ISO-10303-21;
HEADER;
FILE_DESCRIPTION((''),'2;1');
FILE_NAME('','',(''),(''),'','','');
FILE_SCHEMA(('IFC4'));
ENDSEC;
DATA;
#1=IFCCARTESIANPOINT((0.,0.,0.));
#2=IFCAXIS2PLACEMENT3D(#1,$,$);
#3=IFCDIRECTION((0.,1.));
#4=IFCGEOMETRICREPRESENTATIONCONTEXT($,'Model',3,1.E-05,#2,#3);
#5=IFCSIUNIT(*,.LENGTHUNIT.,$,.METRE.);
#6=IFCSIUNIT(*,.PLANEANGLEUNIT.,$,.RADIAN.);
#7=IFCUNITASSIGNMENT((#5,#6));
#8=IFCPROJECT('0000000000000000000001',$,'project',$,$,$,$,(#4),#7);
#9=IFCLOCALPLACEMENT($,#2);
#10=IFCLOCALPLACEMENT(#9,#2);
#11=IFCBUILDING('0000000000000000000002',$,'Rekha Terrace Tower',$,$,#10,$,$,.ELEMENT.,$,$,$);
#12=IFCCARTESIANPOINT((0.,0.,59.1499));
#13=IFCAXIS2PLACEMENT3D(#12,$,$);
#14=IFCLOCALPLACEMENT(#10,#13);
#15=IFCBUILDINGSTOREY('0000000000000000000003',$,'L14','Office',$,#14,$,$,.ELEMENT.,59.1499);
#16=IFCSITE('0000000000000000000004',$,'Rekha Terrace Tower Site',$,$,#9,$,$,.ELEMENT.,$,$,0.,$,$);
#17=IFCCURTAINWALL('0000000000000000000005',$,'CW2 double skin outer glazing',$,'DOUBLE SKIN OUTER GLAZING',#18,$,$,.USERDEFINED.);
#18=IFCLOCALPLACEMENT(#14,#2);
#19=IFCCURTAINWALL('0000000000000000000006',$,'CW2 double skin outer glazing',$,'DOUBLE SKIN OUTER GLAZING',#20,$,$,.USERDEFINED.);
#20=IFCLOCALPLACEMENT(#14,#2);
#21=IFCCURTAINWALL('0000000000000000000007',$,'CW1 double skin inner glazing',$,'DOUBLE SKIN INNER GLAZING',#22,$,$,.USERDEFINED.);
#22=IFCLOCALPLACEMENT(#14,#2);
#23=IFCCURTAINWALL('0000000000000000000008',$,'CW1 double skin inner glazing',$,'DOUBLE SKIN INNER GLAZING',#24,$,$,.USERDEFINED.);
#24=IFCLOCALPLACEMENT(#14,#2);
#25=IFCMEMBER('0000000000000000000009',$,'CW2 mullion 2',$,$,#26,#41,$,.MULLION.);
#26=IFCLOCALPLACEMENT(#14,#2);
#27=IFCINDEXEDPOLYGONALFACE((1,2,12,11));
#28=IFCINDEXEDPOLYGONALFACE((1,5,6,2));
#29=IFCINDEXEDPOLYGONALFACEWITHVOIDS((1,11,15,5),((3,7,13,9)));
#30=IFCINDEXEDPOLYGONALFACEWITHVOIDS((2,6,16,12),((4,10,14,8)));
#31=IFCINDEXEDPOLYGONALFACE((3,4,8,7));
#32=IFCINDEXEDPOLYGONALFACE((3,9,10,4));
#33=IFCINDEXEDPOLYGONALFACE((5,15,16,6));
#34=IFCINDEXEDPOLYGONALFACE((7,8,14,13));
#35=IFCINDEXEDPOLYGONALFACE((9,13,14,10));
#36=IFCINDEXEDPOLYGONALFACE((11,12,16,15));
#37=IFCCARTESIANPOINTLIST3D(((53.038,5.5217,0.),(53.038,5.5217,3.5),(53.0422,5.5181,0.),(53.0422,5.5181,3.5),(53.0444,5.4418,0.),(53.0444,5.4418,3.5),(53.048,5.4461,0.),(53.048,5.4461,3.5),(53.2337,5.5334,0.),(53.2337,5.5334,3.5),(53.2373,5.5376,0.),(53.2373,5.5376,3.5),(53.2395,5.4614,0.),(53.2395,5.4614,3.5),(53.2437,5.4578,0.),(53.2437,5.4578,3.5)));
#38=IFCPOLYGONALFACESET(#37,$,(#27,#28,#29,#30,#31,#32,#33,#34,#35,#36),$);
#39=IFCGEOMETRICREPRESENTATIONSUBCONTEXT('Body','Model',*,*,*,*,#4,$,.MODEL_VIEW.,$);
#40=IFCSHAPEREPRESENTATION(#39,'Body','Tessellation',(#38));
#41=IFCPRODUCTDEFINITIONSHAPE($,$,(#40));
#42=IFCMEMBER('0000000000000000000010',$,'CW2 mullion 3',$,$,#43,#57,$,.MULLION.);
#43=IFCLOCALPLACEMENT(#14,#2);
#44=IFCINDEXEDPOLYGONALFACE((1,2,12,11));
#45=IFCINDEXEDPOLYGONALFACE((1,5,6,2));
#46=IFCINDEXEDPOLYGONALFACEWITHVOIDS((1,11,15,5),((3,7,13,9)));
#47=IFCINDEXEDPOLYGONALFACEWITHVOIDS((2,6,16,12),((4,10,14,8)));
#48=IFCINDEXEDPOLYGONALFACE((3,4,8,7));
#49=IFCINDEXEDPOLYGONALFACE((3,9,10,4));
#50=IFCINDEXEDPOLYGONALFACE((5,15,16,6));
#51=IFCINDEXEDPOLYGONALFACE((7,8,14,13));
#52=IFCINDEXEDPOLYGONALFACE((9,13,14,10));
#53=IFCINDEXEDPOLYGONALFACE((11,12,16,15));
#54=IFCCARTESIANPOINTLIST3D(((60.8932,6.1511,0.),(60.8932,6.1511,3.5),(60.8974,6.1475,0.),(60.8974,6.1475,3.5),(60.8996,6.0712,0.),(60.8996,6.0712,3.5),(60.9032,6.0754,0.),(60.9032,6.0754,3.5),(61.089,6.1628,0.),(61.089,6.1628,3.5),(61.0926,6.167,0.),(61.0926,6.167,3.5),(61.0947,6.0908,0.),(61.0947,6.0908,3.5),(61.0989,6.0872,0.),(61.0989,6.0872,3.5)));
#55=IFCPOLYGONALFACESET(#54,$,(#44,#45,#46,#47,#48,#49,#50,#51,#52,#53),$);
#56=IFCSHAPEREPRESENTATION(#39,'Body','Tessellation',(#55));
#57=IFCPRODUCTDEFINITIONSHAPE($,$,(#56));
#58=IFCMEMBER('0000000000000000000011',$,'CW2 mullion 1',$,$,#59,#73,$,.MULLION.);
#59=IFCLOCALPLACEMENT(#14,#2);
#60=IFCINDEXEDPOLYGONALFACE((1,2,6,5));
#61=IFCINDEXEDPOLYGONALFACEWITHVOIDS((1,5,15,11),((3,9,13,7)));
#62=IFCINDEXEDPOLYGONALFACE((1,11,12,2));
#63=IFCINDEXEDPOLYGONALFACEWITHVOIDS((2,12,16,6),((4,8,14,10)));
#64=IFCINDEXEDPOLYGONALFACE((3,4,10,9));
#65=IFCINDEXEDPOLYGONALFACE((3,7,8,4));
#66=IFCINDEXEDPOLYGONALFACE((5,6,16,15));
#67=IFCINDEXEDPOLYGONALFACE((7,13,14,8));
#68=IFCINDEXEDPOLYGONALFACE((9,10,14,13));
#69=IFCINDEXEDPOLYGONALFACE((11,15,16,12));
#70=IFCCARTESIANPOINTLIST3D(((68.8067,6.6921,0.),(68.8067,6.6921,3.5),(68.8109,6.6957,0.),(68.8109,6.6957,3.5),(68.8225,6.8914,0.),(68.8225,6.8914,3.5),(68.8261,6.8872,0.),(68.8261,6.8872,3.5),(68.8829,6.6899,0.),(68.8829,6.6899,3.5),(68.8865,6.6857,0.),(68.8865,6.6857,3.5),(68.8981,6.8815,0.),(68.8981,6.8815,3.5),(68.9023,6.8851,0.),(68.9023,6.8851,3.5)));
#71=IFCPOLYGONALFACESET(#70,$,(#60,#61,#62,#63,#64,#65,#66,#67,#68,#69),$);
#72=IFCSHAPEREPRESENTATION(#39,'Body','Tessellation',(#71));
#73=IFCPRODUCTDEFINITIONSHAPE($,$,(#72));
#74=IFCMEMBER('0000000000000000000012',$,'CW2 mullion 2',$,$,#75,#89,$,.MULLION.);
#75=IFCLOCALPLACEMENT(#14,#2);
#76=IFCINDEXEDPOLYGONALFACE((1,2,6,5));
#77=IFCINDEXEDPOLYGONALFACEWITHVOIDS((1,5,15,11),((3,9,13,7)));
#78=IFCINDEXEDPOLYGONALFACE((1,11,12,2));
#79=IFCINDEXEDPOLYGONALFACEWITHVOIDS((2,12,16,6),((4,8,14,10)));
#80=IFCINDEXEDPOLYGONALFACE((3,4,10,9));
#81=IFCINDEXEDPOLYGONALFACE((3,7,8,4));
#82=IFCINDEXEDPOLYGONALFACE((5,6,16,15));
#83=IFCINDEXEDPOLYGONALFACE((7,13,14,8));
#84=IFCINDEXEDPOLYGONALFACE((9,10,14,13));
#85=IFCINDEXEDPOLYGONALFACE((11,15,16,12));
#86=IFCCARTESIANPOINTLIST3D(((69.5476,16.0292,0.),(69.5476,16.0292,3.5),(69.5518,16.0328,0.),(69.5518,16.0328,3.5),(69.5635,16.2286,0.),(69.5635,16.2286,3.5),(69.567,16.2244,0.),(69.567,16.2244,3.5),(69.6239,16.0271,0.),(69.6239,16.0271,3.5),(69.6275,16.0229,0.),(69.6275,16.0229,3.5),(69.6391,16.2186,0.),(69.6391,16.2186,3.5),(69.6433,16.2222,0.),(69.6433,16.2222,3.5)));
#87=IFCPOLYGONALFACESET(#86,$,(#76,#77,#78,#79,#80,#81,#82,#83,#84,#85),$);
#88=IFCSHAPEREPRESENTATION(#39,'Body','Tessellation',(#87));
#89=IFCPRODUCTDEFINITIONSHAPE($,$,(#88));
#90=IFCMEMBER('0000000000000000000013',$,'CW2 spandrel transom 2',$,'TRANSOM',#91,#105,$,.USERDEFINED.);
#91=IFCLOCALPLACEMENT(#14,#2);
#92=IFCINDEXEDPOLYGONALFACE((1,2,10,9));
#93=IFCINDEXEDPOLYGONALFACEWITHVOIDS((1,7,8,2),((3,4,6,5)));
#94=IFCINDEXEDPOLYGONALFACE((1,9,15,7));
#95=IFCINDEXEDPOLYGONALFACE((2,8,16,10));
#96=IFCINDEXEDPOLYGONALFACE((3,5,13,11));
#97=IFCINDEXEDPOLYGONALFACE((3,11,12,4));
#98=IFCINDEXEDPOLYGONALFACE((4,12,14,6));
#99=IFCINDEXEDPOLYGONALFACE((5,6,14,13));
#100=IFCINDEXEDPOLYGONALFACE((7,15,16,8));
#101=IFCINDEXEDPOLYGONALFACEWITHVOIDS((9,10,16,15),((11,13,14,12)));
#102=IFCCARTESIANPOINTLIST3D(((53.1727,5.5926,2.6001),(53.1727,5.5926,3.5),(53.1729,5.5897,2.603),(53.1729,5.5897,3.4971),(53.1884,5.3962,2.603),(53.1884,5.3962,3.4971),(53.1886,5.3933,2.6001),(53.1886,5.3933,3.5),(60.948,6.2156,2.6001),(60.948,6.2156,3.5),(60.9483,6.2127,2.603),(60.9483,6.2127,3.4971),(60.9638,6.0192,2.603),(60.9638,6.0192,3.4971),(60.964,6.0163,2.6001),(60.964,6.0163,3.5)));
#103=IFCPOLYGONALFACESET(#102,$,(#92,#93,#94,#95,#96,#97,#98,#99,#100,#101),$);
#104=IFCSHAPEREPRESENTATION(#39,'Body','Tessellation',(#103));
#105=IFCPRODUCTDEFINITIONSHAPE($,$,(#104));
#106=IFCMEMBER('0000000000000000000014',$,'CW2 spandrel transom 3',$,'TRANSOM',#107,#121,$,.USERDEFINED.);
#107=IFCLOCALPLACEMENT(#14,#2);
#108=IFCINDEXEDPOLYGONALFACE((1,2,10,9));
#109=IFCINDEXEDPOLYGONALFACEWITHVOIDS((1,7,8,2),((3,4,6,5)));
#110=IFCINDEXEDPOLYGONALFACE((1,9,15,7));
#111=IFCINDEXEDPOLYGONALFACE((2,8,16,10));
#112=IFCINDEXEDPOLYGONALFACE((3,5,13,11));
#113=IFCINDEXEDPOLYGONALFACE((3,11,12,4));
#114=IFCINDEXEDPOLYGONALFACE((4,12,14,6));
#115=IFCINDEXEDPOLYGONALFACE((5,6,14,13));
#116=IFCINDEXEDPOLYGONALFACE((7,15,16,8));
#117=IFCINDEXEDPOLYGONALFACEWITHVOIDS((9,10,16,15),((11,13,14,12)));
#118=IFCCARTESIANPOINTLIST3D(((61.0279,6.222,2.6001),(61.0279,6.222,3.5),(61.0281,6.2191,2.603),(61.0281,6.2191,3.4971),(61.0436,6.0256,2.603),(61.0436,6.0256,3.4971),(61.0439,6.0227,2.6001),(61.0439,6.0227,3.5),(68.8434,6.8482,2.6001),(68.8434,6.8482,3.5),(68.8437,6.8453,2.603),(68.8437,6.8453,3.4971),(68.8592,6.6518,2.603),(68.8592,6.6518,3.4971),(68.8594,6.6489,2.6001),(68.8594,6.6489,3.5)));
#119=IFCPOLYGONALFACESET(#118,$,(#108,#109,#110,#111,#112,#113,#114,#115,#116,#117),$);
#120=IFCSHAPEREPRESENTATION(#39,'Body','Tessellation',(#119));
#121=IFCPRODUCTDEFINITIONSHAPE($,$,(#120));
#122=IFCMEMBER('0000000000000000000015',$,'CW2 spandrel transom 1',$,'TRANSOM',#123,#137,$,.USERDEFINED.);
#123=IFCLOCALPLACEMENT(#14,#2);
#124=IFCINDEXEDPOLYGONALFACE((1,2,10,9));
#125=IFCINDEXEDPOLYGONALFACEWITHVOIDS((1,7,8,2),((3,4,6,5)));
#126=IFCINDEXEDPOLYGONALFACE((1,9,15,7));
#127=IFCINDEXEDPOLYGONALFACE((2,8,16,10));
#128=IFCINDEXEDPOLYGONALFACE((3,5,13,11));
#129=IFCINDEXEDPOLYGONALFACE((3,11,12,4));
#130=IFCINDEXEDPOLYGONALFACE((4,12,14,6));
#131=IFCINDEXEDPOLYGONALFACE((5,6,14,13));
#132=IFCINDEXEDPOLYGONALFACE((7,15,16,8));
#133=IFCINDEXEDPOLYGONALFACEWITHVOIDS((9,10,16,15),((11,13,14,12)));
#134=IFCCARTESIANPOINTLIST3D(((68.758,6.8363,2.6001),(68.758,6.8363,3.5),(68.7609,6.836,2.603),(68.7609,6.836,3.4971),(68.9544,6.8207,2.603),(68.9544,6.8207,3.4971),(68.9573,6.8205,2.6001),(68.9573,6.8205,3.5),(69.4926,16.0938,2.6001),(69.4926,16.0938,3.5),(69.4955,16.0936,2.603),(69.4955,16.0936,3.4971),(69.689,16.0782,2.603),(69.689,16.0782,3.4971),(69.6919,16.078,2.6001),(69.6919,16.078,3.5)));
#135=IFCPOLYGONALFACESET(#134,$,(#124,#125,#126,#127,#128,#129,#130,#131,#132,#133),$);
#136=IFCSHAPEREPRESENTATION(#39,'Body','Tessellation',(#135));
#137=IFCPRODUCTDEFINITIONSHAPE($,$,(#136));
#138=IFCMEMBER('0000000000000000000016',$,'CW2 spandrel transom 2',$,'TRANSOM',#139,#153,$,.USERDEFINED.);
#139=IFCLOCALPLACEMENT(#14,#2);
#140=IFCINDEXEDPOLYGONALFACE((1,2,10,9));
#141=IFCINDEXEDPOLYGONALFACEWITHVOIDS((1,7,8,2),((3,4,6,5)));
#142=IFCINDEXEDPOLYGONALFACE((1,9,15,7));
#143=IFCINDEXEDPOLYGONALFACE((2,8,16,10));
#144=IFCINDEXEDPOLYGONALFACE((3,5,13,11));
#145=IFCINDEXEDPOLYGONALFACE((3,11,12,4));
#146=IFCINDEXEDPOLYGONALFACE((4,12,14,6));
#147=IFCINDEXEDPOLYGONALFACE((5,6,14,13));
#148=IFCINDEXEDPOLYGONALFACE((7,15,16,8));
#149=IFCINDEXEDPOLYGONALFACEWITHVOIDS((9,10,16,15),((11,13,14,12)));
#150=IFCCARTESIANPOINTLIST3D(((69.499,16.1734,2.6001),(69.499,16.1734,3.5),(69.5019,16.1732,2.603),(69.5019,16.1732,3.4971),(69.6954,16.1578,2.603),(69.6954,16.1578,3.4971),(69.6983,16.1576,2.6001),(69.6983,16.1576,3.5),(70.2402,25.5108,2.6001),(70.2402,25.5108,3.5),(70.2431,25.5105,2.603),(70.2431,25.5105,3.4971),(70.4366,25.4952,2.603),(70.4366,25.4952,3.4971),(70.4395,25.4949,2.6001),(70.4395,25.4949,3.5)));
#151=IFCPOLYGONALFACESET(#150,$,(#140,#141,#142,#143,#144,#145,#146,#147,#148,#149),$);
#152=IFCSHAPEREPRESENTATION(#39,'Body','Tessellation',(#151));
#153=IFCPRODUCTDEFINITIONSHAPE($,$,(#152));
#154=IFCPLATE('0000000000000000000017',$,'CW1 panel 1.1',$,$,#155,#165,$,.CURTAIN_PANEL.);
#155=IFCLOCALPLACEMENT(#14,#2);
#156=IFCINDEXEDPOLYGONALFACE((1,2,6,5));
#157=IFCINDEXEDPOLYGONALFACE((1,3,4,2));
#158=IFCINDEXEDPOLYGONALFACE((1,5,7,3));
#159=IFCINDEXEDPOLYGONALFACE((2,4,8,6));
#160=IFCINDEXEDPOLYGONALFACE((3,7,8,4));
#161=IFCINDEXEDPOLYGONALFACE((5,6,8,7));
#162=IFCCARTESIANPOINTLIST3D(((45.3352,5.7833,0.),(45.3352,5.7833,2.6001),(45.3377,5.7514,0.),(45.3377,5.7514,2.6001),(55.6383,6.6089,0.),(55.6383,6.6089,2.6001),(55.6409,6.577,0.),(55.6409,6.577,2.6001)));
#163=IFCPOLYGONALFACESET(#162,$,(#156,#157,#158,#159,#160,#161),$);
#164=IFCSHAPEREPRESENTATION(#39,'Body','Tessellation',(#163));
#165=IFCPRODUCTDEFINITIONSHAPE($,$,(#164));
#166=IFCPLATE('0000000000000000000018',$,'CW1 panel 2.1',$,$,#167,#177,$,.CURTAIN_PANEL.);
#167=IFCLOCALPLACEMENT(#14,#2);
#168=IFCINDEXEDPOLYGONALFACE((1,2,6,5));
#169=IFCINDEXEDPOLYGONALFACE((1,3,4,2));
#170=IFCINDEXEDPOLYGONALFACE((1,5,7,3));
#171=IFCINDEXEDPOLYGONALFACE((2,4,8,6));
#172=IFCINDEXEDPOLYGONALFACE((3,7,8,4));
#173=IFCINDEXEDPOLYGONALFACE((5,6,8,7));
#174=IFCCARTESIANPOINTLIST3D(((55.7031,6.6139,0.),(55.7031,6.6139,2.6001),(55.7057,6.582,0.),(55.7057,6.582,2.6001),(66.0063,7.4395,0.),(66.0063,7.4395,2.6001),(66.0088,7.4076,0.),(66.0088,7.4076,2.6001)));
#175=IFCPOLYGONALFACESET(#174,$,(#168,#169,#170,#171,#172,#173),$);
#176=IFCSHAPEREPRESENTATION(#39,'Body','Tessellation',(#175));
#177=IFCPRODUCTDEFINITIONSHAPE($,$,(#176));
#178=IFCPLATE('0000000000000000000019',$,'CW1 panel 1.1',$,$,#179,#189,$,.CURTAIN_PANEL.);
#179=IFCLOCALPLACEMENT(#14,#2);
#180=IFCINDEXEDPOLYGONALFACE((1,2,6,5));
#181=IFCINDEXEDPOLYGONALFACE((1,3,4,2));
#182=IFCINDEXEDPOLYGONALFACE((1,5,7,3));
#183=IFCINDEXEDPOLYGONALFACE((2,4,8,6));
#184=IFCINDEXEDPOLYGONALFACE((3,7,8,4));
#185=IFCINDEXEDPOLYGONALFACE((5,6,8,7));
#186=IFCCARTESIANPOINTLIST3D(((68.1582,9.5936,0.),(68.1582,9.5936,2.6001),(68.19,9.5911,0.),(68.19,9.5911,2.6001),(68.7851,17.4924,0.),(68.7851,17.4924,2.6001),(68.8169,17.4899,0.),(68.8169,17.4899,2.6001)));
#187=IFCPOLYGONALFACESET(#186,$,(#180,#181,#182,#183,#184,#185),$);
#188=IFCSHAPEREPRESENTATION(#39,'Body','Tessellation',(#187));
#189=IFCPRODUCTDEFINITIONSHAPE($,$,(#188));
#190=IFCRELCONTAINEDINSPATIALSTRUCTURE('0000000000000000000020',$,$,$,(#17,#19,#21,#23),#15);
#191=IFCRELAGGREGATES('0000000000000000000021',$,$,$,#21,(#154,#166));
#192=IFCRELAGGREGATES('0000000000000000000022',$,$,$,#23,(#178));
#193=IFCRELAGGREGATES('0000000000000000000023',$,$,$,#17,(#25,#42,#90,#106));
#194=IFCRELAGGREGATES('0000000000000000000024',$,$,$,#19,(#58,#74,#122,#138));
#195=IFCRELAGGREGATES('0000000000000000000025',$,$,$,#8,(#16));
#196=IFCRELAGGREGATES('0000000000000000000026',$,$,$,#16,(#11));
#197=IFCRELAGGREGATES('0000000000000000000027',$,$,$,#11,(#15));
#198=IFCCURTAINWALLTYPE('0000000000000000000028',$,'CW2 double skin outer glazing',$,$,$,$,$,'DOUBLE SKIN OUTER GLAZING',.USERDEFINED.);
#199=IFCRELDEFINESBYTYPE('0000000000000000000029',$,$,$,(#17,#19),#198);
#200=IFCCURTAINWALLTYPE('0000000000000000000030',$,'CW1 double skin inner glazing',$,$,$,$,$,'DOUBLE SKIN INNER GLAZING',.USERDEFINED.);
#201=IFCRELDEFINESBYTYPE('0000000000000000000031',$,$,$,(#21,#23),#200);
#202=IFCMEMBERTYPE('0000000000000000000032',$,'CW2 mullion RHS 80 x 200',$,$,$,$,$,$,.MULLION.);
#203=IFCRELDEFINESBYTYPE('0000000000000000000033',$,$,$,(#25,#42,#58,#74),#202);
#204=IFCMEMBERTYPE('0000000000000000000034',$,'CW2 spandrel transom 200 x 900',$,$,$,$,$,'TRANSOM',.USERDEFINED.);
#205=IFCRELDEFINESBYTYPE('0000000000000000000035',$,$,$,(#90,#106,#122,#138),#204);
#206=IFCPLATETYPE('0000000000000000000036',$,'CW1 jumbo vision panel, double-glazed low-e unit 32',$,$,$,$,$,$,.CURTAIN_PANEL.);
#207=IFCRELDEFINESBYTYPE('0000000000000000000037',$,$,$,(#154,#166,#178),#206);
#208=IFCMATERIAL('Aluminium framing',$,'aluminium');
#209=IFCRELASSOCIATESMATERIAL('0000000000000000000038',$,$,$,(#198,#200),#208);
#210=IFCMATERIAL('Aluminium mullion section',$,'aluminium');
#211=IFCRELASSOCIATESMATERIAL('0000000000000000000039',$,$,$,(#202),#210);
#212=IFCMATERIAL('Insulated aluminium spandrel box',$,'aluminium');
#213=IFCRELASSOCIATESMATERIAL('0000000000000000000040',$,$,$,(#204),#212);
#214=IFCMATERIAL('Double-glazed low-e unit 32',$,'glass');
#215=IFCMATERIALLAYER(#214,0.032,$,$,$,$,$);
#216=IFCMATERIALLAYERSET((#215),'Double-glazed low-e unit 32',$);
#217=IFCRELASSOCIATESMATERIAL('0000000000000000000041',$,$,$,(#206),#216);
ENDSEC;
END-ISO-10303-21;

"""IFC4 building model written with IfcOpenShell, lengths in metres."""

from ifc_helpers import new_model, si_unit, direction, frame, origin, origin_2d, place, context, subcontext, project, spatial, rectangle, hollow_rectangle, extrude, material, layer, layer_set, material_profile, profile_set, type_object, element, aggregate, save


model = new_model("IFC4")

# Units and contexts
model_context = context("Model", 3, precision=1e-05, world=origin(), true_north=direction((0.0, 1.0)))
body_context = subcontext(model_context, "Body", "Model", "MODEL_VIEW")
ifc_project = project(units=[si_unit("LENGTHUNIT", "METRE"), si_unit("PLANEANGLEUNIT", "RADIAN")], contexts=[model_context])

# Site, building, storey
site_placement = place(None, origin())
site = spatial("IfcSite", under=ifc_project, at=site_placement, Name="Rekha Terrace Tower Site", CompositionType="ELEMENT", RefElevation=0.0)
building_placement = place(site_placement, origin())
building = spatial("IfcBuilding", under=site, at=building_placement, Name="Rekha Terrace Tower", CompositionType="ELEMENT")
storey_placement = place(building_placement, frame((0.0, 0.0, 59.1499)))
storey = spatial("IfcBuildingStorey", under=building, at=storey_placement, Name="L14", Description="Office", CompositionType="ELEMENT", Elevation=59.1499)

# Curtain wall
ifc_material_1 = material(Name="Aluminium framing", Category="aluminium")
curtain_wall_type_1 = type_object("IfcCurtainWallType", Name="CW2 double skin outer glazing", ElementType="DOUBLE SKIN OUTER GLAZING", PredefinedType="USERDEFINED", material=ifc_material_1)
curtain_wall_1_placement = place(storey_placement, origin())
curtain_wall_1 = element("IfcCurtainWall", 1, at=curtain_wall_1_placement, inside=storey, type_object=curtain_wall_type_1, Name="CW2 double skin outer glazing", ObjectType="DOUBLE SKIN OUTER GLAZING", PredefinedType="USERDEFINED")

# Curtain wall
curtain_wall_2_placement = place(storey_placement, origin())
curtain_wall_2 = element("IfcCurtainWall", 2, at=curtain_wall_2_placement, inside=storey, type_object=curtain_wall_type_1, Name="CW2 double skin outer glazing", ObjectType="DOUBLE SKIN OUTER GLAZING", PredefinedType="USERDEFINED")

# Curtain wall
curtain_wall_type_2 = type_object("IfcCurtainWallType", Name="CW1 double skin inner glazing", ElementType="DOUBLE SKIN INNER GLAZING", PredefinedType="USERDEFINED", material=ifc_material_1)
curtain_wall_3_placement = place(storey_placement, origin())
curtain_wall_3 = element("IfcCurtainWall", 3, at=curtain_wall_3_placement, inside=storey, type_object=curtain_wall_type_2, Name="CW1 double skin inner glazing", ObjectType="DOUBLE SKIN INNER GLAZING", PredefinedType="USERDEFINED")
ifc_material_2 = material(Name="Aluminium mullion section", Category="aluminium")

# Curtain wall
curtain_wall_4_placement = place(storey_placement, origin())
curtain_wall_4 = element("IfcCurtainWall", 4, at=curtain_wall_4_placement, inside=storey, type_object=curtain_wall_type_2, Name="CW1 double skin inner glazing", ObjectType="DOUBLE SKIN INNER GLAZING", PredefinedType="USERDEFINED")

# Members
ifc_material_3 = material(Name="Insulated aluminium spandrel box", Category="aluminium")
ifc_material_profile_1 = material_profile(ifc_material_2, hollow_rectangle(XDim=0.0801, YDim=0.2, WallThickness=0.0039, at=origin_2d()), Name="AL RHS 80x200")
ifc_profile_set_1 = profile_set([ifc_material_profile_1], Name="Aluminium mullion section")
member_type_1 = type_object("IfcMemberType", Name="CW2 mullion RHS 80 x 200", PredefinedType="MULLION", material=ifc_profile_set_1)
member_1_placement = place(storey_placement, frame((53.1409, 5.4897, 0.0), z_axis=(0.0, 0.0, 1.0), x_axis=(-0.079872, 0.996805, 0.0)))
member_1 = element("IfcMember", 5, at=member_1_placement, type_object=member_type_1, Name="CW2 mullion 2", PredefinedType="MULLION", context=body_context, shape_type="SweptSolid", body=[
    extrude(hollow_rectangle(XDim=0.0801, YDim=0.2, WallThickness=0.0039, at=origin_2d()), origin(), (0.0, 0.0, 1.0), 3.5),
])
member_2_placement = place(storey_placement, frame((60.9961, 6.1191, 0.0), z_axis=(0.0, 0.0, 1.0), x_axis=(-0.079872, 0.996805, 0.0)))
member_2 = element("IfcMember", 6, at=member_2_placement, type_object=member_type_1, Name="CW2 mullion 3", PredefinedType="MULLION", context=body_context, shape_type="SweptSolid", body=[
    extrude(hollow_rectangle(XDim=0.0801, YDim=0.2, WallThickness=0.0039, at=origin_2d()), origin(), (0.0, 0.0, 1.0), 3.5),
])
member_3_placement = place(storey_placement, frame((68.8545, 6.7886, 0.0), z_axis=(0.0, 0.0, 1.0), x_axis=(-0.996865, 0.079116, 0.0)))
member_3 = element("IfcMember", 7, at=member_3_placement, type_object=member_type_1, Name="CW2 mullion 1", PredefinedType="MULLION", context=body_context, shape_type="SweptSolid", body=[
    extrude(hollow_rectangle(XDim=0.0801, YDim=0.2, WallThickness=0.0039, at=origin_2d()), origin(), (0.0, 0.0, 1.0), 3.5),
])
member_4_placement = place(storey_placement, frame((69.5955, 16.1257, 0.0), z_axis=(0.0, 0.0, 1.0), x_axis=(-0.996865, 0.079116, 0.0)))
member_4 = element("IfcMember", 8, at=member_4_placement, type_object=member_type_1, Name="CW2 mullion 2", PredefinedType="MULLION", context=body_context, shape_type="SweptSolid", body=[
    extrude(hollow_rectangle(XDim=0.0801, YDim=0.2, WallThickness=0.0039, at=origin_2d()), origin(), (0.0, 0.0, 1.0), 3.5),
])
ifc_material_profile_2 = material_profile(ifc_material_3, hollow_rectangle(XDim=0.2, YDim=0.8999, WallThickness=0.0029, at=origin_2d()), Name="AL SPANDREL BOX 200x900")
ifc_profile_set_2 = profile_set([ifc_material_profile_2], Name="Insulated aluminium spandrel box")
member_type_2 = type_object("IfcMemberType", Name="CW2 spandrel transom 200 x 900", ElementType="TRANSOM", PredefinedType="USERDEFINED", material=ifc_profile_set_2)
member_5_placement = place(storey_placement, frame((53.1807, 5.4929, 3.05), z_axis=(0.996805, 0.079875, 0.0), x_axis=(-0.079875, 0.996805, 0.0)))
member_5 = element("IfcMember", 9, at=member_5_placement, type_object=member_type_2, Name="CW2 spandrel transom 2", ObjectType="TRANSOM", PredefinedType="USERDEFINED", context=body_context, shape_type="SweptSolid", body=[
    extrude(hollow_rectangle(XDim=0.2, YDim=0.8999, WallThickness=0.0029, at=origin_2d()), origin(), (0.0, 0.0, 1.0), 7.8003),
])
member_6_placement = place(storey_placement, frame((61.0359, 6.1223, 3.05), z_axis=(0.996805, 0.07987, 0.0), x_axis=(-0.07987, 0.996805, 0.0)))
member_6 = element("IfcMember", 10, at=member_6_placement, type_object=member_type_2, Name="CW2 spandrel transom 3", ObjectType="TRANSOM", PredefinedType="USERDEFINED", context=body_context, shape_type="SweptSolid", body=[
    extrude(hollow_rectangle(XDim=0.2, YDim=0.8999, WallThickness=0.0029, at=origin_2d()), origin(), (0.0, 0.0, 1.0), 7.8406),
])
member_7_placement = place(storey_placement, frame((68.8577, 6.8284, 3.05), z_axis=(0.079105, 0.996866, 0.0), x_axis=(-0.996866, 0.079105, 0.0)))
member_7 = element("IfcMember", 11, at=member_7_placement, type_object=member_type_2, Name="CW2 spandrel transom 1", ObjectType="TRANSOM", PredefinedType="USERDEFINED", context=body_context, shape_type="SweptSolid", body=[
    extrude(hollow_rectangle(XDim=0.2, YDim=0.8999, WallThickness=0.0029, at=origin_2d()), origin(), (0.0, 0.0, 1.0), 9.2866),
])
member_8_placement = place(storey_placement, frame((69.5986, 16.1655, 3.05), z_axis=(0.079132, 0.996864, 0.0), x_axis=(-0.996864, 0.079132, 0.0)))
member_8 = element("IfcMember", 12, at=member_8_placement, type_object=member_type_2, Name="CW2 spandrel transom 2", ObjectType="TRANSOM", PredefinedType="USERDEFINED", context=body_context, shape_type="SweptSolid", body=[
    extrude(hollow_rectangle(XDim=0.2, YDim=0.8999, WallThickness=0.0029, at=origin_2d()), origin(), (0.0, 0.0, 1.0), 9.3667),
])

# Plates
ifc_material_4 = material(Name="Double-glazed low-e unit 32", Category="glass")
ifc_layer_1 = layer(ifc_material_4, 0.032)
ifc_layer_set_1 = layer_set([ifc_layer_1], Name="Double-glazed low-e unit 32")
plate_type_1 = type_object("IfcPlateType", Name="CW1 jumbo vision panel, double-glazed low-e unit 32", PredefinedType="CURTAIN_PANEL", material=ifc_layer_set_1)
plate_1_placement = place(storey_placement, frame((50.488, 6.1802, 0.0), z_axis=(0.0, 0.0, 1.0), x_axis=(0.996805, 0.079872, 0.0)))
plate_1 = element("IfcPlate", 13, at=plate_1_placement, type_object=plate_type_1, Name="CW1 panel 1.1", PredefinedType="CURTAIN_PANEL", context=body_context, shape_type="SweptSolid", body=[
    extrude(rectangle(XDim=10.3362, YDim=0.032, at=origin_2d()), origin(), (0.0, 0.0, 1.0), 2.6001),
])
plate_2_placement = place(storey_placement, frame((60.856, 7.0107, 0.0), z_axis=(0.0, 0.0, 1.0), x_axis=(0.996805, 0.079872, 0.0)))
plate_2 = element("IfcPlate", 14, at=plate_2_placement, type_object=plate_type_1, Name="CW1 panel 2.1", PredefinedType="CURTAIN_PANEL", context=body_context, shape_type="SweptSolid", body=[
    extrude(rectangle(XDim=10.3362, YDim=0.032, at=origin_2d()), origin(), (0.0, 0.0, 1.0), 2.6001),
])
aggregate(curtain_wall_3, [plate_1, plate_2])
plate_3_placement = place(storey_placement, frame((68.4875, 13.5417, 0.0), z_axis=(0.0, 0.0, 1.0), x_axis=(0.079116, 0.996865, 0.0)))
plate_3 = element("IfcPlate", 15, at=plate_3_placement, type_object=plate_type_1, Name="CW1 panel 1.1", PredefinedType="CURTAIN_PANEL", context=body_context, shape_type="SweptSolid", body=[
    extrude(rectangle(XDim=7.9236, YDim=0.032, at=origin_2d()), origin(), (0.0, 0.0, 1.0), 2.6001),
])
aggregate(curtain_wall_4, [plate_3])
aggregate(curtain_wall_1, [member_1, member_2, member_5, member_6])
aggregate(curtain_wall_2, [member_3, member_4, member_7, member_8])

save(model, "model.ifc")
